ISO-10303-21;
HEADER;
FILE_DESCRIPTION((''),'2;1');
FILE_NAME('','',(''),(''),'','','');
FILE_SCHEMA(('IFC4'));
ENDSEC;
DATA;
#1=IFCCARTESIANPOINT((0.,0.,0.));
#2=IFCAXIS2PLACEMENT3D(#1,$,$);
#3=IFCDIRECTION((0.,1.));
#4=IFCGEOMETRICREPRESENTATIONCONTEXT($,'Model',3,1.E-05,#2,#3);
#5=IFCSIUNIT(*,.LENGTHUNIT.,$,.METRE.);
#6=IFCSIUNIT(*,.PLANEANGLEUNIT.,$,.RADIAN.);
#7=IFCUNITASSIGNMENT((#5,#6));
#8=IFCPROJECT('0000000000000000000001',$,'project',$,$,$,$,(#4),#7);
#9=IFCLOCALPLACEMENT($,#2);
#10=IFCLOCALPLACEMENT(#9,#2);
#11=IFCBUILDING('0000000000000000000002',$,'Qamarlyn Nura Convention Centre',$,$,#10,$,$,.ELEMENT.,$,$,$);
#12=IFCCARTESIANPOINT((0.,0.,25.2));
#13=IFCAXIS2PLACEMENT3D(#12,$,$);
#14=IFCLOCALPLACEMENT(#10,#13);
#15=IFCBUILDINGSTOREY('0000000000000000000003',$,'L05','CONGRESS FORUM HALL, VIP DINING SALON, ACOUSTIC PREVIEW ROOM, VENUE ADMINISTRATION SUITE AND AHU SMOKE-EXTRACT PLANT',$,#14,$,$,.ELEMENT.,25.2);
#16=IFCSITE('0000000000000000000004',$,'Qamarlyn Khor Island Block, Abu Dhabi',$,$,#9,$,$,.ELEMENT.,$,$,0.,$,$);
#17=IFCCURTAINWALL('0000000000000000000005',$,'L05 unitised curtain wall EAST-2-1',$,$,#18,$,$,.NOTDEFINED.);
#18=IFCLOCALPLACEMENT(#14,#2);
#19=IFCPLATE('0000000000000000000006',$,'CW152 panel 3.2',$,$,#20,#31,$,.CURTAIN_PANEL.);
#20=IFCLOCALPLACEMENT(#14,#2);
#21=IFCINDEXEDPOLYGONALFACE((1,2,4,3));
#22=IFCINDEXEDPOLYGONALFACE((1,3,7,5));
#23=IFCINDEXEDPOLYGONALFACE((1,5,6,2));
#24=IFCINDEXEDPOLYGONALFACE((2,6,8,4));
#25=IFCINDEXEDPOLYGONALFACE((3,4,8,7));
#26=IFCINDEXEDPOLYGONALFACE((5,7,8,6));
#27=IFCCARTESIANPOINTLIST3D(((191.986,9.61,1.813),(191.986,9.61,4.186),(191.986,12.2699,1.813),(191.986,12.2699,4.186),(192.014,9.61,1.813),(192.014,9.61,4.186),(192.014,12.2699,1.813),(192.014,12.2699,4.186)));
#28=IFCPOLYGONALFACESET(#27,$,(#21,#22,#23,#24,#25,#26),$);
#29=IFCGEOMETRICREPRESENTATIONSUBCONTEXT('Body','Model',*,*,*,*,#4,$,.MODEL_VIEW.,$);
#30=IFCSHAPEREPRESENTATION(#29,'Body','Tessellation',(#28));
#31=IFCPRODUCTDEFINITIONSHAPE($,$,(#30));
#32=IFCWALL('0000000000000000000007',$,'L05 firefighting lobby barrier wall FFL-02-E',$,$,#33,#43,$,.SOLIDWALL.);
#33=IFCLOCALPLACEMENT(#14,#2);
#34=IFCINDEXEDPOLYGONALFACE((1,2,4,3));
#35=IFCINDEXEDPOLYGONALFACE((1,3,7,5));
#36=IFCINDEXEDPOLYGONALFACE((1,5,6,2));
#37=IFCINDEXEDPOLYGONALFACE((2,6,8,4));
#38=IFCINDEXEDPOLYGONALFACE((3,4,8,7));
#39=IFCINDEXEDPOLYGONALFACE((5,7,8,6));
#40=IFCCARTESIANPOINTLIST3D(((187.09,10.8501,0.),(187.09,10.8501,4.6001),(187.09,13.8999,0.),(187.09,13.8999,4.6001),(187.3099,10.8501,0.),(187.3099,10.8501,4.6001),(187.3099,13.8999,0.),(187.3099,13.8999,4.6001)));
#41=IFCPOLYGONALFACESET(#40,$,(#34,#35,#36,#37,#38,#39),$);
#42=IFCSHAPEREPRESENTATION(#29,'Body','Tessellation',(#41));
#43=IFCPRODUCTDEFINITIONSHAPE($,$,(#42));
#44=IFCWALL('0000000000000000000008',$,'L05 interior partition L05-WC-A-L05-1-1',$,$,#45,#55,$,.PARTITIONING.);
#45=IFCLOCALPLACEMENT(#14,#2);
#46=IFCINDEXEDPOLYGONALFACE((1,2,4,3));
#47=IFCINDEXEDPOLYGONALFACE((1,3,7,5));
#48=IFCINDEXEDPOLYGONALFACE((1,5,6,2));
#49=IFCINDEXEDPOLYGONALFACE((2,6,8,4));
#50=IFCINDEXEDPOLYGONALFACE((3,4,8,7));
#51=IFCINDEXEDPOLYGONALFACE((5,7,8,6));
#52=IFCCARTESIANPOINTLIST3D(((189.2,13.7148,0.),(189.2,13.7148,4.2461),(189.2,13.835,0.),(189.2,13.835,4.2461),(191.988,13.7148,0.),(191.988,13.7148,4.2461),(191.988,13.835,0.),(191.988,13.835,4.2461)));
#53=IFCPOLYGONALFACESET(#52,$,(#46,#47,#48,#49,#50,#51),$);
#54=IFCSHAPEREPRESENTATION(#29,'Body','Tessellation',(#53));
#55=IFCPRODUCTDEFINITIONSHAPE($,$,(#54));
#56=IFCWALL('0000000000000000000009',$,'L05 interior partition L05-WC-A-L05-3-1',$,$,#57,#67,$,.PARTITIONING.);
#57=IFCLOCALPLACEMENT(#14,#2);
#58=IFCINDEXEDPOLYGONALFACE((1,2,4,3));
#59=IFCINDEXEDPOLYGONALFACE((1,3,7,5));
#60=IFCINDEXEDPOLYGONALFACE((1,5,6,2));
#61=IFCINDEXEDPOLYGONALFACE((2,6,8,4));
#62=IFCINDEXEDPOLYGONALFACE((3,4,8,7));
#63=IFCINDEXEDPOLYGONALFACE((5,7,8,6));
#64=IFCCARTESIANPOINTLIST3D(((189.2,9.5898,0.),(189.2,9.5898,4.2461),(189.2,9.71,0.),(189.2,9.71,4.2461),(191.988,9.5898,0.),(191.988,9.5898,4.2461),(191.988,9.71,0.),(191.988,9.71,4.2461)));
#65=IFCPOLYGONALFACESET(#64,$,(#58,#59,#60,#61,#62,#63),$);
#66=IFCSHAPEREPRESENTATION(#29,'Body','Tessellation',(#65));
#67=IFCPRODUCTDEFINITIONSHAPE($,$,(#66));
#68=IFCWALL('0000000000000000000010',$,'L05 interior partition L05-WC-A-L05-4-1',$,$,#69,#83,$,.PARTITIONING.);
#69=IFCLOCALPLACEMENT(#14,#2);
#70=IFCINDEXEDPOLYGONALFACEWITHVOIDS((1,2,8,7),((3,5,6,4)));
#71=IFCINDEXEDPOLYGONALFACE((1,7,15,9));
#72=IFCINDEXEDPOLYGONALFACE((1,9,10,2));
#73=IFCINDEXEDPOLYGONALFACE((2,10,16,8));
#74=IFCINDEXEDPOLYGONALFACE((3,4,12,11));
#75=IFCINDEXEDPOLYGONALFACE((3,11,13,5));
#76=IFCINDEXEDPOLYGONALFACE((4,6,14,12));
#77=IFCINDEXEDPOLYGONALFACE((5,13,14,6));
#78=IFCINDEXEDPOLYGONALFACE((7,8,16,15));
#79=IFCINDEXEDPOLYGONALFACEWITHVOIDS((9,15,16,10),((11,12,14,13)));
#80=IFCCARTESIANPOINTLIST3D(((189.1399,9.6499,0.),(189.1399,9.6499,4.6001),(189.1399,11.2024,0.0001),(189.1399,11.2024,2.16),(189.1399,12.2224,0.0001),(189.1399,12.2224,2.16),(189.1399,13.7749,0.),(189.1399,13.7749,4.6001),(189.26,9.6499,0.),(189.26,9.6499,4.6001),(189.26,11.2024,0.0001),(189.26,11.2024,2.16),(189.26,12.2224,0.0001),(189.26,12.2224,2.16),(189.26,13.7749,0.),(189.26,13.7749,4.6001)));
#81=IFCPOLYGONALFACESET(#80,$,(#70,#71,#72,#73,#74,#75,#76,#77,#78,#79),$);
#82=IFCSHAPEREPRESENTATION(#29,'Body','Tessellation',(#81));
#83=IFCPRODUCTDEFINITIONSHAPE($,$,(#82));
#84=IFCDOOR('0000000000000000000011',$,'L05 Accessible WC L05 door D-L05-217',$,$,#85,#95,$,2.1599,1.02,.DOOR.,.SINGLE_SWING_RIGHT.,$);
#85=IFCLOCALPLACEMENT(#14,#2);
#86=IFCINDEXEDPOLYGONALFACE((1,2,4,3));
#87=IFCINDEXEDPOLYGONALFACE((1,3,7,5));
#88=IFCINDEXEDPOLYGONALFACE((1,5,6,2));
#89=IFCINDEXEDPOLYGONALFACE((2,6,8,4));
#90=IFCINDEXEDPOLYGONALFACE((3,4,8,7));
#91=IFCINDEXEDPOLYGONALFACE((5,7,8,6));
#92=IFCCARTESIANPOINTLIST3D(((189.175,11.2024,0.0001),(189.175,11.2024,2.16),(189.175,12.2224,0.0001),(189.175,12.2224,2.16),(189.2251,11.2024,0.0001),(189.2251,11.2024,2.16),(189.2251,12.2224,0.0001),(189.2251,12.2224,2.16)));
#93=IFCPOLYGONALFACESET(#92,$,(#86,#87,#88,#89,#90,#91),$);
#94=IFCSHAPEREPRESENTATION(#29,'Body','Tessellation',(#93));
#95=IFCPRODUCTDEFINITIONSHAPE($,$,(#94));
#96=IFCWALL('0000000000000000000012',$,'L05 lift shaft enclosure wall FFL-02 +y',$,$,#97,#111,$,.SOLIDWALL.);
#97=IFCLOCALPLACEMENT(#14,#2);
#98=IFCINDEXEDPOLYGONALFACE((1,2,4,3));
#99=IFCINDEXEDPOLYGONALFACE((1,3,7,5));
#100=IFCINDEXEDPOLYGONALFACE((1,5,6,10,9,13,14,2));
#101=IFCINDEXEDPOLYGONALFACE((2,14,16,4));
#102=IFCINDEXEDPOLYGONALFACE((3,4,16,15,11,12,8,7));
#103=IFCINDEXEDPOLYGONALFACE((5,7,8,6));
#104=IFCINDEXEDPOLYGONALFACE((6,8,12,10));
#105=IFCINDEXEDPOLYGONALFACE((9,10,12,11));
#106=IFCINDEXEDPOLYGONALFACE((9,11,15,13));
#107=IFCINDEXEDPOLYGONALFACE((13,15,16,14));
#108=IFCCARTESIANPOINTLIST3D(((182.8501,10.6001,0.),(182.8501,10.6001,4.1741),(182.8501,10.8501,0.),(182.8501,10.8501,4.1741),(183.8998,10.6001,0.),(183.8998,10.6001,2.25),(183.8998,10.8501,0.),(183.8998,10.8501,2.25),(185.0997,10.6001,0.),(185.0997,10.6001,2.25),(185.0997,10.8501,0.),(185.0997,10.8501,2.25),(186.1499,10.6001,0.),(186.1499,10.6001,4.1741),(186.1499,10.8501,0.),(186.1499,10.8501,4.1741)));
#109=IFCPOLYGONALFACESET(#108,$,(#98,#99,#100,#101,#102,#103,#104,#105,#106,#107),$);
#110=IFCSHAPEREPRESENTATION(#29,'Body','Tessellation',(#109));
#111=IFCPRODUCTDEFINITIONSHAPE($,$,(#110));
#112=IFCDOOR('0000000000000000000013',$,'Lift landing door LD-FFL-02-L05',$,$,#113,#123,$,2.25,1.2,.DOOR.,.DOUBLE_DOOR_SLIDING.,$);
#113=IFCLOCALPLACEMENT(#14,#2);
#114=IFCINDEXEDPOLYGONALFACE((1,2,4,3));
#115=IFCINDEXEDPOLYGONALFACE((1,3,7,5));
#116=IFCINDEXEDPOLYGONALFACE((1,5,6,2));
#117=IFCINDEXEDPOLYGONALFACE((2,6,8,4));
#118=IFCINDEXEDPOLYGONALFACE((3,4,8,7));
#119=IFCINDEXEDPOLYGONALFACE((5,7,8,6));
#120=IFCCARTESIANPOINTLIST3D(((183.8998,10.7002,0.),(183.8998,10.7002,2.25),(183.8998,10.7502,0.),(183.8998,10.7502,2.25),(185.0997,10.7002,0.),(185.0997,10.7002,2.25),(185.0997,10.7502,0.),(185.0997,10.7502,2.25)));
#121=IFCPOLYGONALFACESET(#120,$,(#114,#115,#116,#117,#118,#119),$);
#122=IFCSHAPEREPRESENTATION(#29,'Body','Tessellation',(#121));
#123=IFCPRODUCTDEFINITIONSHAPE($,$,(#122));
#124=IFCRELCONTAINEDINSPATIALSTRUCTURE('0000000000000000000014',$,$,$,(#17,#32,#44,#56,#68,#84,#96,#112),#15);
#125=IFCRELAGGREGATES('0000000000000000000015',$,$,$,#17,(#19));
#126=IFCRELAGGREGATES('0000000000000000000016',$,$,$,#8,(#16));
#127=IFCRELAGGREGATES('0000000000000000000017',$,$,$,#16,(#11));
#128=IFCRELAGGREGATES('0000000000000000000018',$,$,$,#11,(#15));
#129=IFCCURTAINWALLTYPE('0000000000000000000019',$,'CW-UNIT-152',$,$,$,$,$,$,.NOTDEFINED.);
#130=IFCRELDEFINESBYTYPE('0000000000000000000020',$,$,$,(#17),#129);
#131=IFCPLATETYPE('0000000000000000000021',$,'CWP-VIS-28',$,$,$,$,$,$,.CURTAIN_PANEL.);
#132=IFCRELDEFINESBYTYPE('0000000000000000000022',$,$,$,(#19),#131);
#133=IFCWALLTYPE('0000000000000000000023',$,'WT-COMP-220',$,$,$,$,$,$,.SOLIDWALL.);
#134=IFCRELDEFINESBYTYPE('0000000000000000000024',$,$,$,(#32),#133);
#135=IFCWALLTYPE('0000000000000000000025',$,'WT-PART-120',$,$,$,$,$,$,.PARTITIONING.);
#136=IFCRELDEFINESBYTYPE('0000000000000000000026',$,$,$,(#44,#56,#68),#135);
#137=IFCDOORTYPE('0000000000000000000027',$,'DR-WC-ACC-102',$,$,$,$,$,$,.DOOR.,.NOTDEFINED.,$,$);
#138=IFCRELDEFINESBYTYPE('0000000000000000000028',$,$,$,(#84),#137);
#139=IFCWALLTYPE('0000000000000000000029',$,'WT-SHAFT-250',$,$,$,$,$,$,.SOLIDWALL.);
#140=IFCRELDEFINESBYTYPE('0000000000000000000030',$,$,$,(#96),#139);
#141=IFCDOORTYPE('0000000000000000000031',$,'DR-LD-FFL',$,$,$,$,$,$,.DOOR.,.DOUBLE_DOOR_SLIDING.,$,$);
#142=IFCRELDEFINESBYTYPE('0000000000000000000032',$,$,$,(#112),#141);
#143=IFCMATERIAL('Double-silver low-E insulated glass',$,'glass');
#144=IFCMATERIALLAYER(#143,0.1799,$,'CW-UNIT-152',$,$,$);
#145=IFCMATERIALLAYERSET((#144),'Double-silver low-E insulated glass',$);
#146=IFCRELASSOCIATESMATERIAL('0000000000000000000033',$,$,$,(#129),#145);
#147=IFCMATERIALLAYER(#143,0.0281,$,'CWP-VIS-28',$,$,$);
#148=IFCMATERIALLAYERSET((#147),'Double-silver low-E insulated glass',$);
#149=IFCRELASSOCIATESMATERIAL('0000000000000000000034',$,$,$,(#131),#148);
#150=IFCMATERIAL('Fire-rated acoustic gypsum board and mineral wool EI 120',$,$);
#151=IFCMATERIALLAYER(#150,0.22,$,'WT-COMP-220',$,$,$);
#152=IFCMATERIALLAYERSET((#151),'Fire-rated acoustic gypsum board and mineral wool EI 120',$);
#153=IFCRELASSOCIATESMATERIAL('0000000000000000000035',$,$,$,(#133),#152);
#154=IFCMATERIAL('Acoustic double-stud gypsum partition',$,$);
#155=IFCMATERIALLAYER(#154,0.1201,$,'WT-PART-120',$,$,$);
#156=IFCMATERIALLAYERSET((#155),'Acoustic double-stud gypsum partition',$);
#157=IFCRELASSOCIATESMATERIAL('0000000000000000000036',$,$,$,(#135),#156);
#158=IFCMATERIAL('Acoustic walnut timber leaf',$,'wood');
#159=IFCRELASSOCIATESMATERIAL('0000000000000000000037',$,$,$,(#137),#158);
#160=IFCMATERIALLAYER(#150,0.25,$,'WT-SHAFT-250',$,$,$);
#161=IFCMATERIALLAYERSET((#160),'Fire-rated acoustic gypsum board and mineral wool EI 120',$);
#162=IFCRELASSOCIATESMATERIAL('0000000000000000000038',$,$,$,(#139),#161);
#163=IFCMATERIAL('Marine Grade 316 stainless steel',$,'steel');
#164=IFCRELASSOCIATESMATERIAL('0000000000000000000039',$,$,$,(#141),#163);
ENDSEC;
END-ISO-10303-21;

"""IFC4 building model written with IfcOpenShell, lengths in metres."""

from ifc_helpers import new_model, si_unit, direction, frame, frame_2d, origin, origin_2d, place, context, subcontext, project, spatial, rectangle, extrude, material, layer, layer_set, type_object, element, fill, aggregate, save


model = new_model("IFC4")

# Units and contexts
model_context = context("Model", 3, precision=1e-05, world=origin(), true_north=direction((0.0, 1.0)))
body_context = subcontext(model_context, "Body", "Model", "MODEL_VIEW")
ifc_project = project(units=[si_unit("LENGTHUNIT", "METRE"), si_unit("PLANEANGLEUNIT", "RADIAN")], contexts=[model_context])

# Site, building, storey
site_placement = place(None, origin())
site = spatial("IfcSite", under=ifc_project, at=site_placement, Name="Qamarlyn Khor Island Block, Abu Dhabi", CompositionType="ELEMENT", RefElevation=0.0)
building_placement = place(site_placement, origin())
building = spatial("IfcBuilding", under=site, at=building_placement, Name="Qamarlyn Nura Convention Centre", CompositionType="ELEMENT")
storey_placement = place(building_placement, frame((0.0, 0.0, 25.2)))
storey = spatial("IfcBuildingStorey", under=building, at=storey_placement, Name="L05", Description="CONGRESS FORUM HALL, VIP DINING SALON, ACOUSTIC PREVIEW ROOM, VENUE ADMINISTRATION SUITE AND AHU SMOKE-EXTRACT PLANT", CompositionType="ELEMENT", Elevation=25.2)

# Curtain wall, plate
ifc_material_1 = material(Name="Double-silver low-E insulated glass", Category="glass")
ifc_layer_1 = layer(ifc_material_1, 0.1799, Name="CW-UNIT-152")
ifc_layer_set_1 = layer_set([ifc_layer_1], Name="Double-silver low-E insulated glass")
curtain_wall_type = type_object("IfcCurtainWallType", Name="CW-UNIT-152", PredefinedType="NOTDEFINED", material=ifc_layer_set_1)
curtain_wall_placement = place(storey_placement, origin())
curtain_wall = element("IfcCurtainWall", 1, at=curtain_wall_placement, inside=storey, type_object=curtain_wall_type, Name="L05 unitised curtain wall EAST-2-1", PredefinedType="NOTDEFINED")
ifc_layer_2 = layer(ifc_material_1, 0.0281, Name="CWP-VIS-28")
ifc_layer_set_2 = layer_set([ifc_layer_2], Name="Double-silver low-E insulated glass")
plate_type = type_object("IfcPlateType", Name="CWP-VIS-28", PredefinedType="CURTAIN_PANEL", material=ifc_layer_set_2)
plate_1_placement = place(storey_placement, frame((192.0, 10.9399, 1.813), z_axis=(0.0, 0.0, 1.0), x_axis=(0.0, -1.0, 0.0)))
plate_1 = element("IfcPlate", 2, at=plate_1_placement, type_object=plate_type, Name="CW152 panel 3.2", PredefinedType="CURTAIN_PANEL", context=body_context, shape_type="SweptSolid", body=[
    extrude(rectangle(XDim=2.6599, YDim=0.0281, at=origin_2d()), origin(), (0.0, 0.0, 1.0), 2.373),
])
aggregate(curtain_wall, [plate_1])

# Walls
ifc_material_2 = material(Name="Fire-rated acoustic gypsum board and mineral wool EI 120")
ifc_layer_3 = layer(ifc_material_2, 0.22, Name="WT-COMP-220")
ifc_layer_set_3 = layer_set([ifc_layer_3], Name="Fire-rated acoustic gypsum board and mineral wool EI 120")
wall_type_1 = type_object("IfcWallType", Name="WT-COMP-220", PredefinedType="SOLIDWALL", material=ifc_layer_set_3)
wall_1_placement = place(storey_placement, frame((187.2, 10.8501, 0.0), z_axis=(0.0, 0.0, 1.0), x_axis=(0.0, 1.0, 0.0)))
element("IfcWall", 3, at=wall_1_placement, inside=storey, type_object=wall_type_1, Name="L05 firefighting lobby barrier wall FFL-02-E", PredefinedType="SOLIDWALL", context=body_context, shape_type="SweptSolid", body=[
    extrude(rectangle(XDim=3.0498, YDim=0.22, at=frame_2d((1.5249, 0.0))), origin(), (0.0, 0.0, 1.0), 4.6001),
])
ifc_material_3 = material(Name="Acoustic double-stud gypsum partition")
ifc_layer_4 = layer(ifc_material_3, 0.1201, Name="WT-PART-120")
ifc_layer_set_4 = layer_set([ifc_layer_4], Name="Acoustic double-stud gypsum partition")
wall_type_2 = type_object("IfcWallType", Name="WT-PART-120", PredefinedType="PARTITIONING", material=ifc_layer_set_4)
for number, where, z_axis, x_axis, name in (
    (4, (189.2, 13.7749, 0.0), (0.0, 0.0, 1.0), (1.0, 0.0, 0.0), "L05 interior partition L05-WC-A-L05-1-1"),
    (5, (191.988, 9.6499, 0.0), (0.0, 0.0, 1.0), (-1.0, 0.0, 0.0), "L05 interior partition L05-WC-A-L05-3-1"),
):
    element("IfcWall", number, at=place(storey_placement, frame(where, z_axis=z_axis, x_axis=x_axis)), inside=storey, type_object=wall_type_2, Name=name, PredefinedType="PARTITIONING", context=body_context, shape_type="SweptSolid", body=[
        extrude(rectangle(XDim=2.7881, YDim=0.1201, at=frame_2d((1.394, 0.0))), origin(), (0.0, 0.0, 1.0), 4.2461),
    ])

# Walls, openings, doors
wall_2_placement = place(storey_placement, frame((189.2, 9.6499, 0.0), z_axis=(0.0, 0.0, 1.0), x_axis=(0.0, 1.0, 0.0)))
wall_2 = element("IfcWall", 6, at=wall_2_placement, inside=storey, type_object=wall_type_2, Name="L05 interior partition L05-WC-A-L05-4-1", PredefinedType="PARTITIONING", context=body_context, shape_type="SweptSolid", body=[
    extrude(rectangle(XDim=4.125, YDim=0.1201, at=frame_2d((2.0625, 0.0))), origin(), (0.0, 0.0, 1.0), 4.6001),
])
opening_1_placement = place(wall_2_placement, frame((1.5525, 0.0, 0.0)))
opening_1 = element("IfcOpeningElement", 7, at=opening_1_placement, cuts=wall_2, PredefinedType="OPENING", context=body_context, shape_type="SweptSolid", body=[
    extrude(rectangle(XDim=1.02, YDim=2.1599, at=frame_2d((0.51, 1.0801))), frame((0.0, 0.0701, 0.0), z_axis=(0.0, -1.0, 0.0), x_axis=(1.0, 0.0, 0.0)), (0.0, 0.0, 1.0), 0.1401),
])
ifc_material_4 = material(Name="Acoustic walnut timber leaf", Category="wood")
door_type_1 = type_object("IfcDoorType", Name="DR-WC-ACC-102", OperationType="NOTDEFINED", PredefinedType="DOOR", material=ifc_material_4)
door_1_placement = place(opening_1_placement, origin())
door_1 = element("IfcDoor", 8, at=door_1_placement, inside=storey, type_object=door_type_1, Name="L05 Accessible WC L05 door D-L05-217", OperationType="SINGLE_SWING_RIGHT", OverallHeight=2.1599, OverallWidth=1.02, PredefinedType="DOOR", context=body_context, shape_type="SweptSolid", body=[
    extrude(rectangle(XDim=1.02, YDim=2.1599, at=frame_2d((0.51, 1.0801))), frame((0.0, 0.0249, 0.0), z_axis=(0.0, -1.0, 0.0), x_axis=(1.0, 0.0, 0.0)), (0.0, 0.0, 1.0), 0.05),
])
fill(opening_1, door_1)
ifc_layer_5 = layer(ifc_material_2, 0.25, Name="WT-SHAFT-250")
ifc_layer_set_5 = layer_set([ifc_layer_5], Name="Fire-rated acoustic gypsum board and mineral wool EI 120")
wall_type_3 = type_object("IfcWallType", Name="WT-SHAFT-250", PredefinedType="SOLIDWALL", material=ifc_layer_set_5)
wall_3_placement = place(storey_placement, frame((186.1499, 10.7251, 0.0), z_axis=(0.0, 0.0, 1.0), x_axis=(-1.0, 0.0, 0.0)))
wall_3 = element("IfcWall", 9, at=wall_3_placement, inside=storey, type_object=wall_type_3, Name="L05 lift shaft enclosure wall FFL-02 +y", PredefinedType="SOLIDWALL", context=body_context, shape_type="SweptSolid", body=[
    extrude(rectangle(XDim=3.2998, YDim=0.25, at=frame_2d((1.6499, 0.0))), origin(), (0.0, 0.0, 1.0), 4.1741),
])
opening_2_placement = place(wall_3_placement, frame((1.05, 0.0, 0.0)))
opening_2 = element("IfcOpeningElement", 10, at=opening_2_placement, cuts=wall_3, PredefinedType="OPENING", context=body_context, shape_type="SweptSolid", body=[
    extrude(rectangle(XDim=1.2, YDim=2.25, at=frame_2d((0.6001, 1.125))), frame((0.0, 0.135, 0.0), z_axis=(0.0, -1.0, 0.0), x_axis=(1.0, 0.0, 0.0)), (0.0, 0.0, 1.0), 0.27),
])
ifc_material_5 = material(Name="Marine Grade 316 stainless steel", Category="steel")
door_type_2 = type_object("IfcDoorType", Name="DR-LD-FFL", OperationType="DOUBLE_DOOR_SLIDING", PredefinedType="DOOR", material=ifc_material_5)
door_2_placement = place(opening_2_placement, origin())
door_2 = element("IfcDoor", 11, at=door_2_placement, inside=storey, type_object=door_type_2, Name="Lift landing door LD-FFL-02-L05", OperationType="DOUBLE_DOOR_SLIDING", OverallHeight=2.25, OverallWidth=1.2, PredefinedType="DOOR", context=body_context, shape_type="SweptSolid", body=[
    extrude(rectangle(XDim=1.2, YDim=2.25, at=frame_2d((0.6001, 1.125))), frame((0.0, 0.0249, 0.0), z_axis=(0.0, -1.0, 0.0), x_axis=(1.0, 0.0, 0.0)), (0.0, 0.0, 1.0), 0.05),
])
fill(opening_2, door_2)

save(model, "model.ifc")
